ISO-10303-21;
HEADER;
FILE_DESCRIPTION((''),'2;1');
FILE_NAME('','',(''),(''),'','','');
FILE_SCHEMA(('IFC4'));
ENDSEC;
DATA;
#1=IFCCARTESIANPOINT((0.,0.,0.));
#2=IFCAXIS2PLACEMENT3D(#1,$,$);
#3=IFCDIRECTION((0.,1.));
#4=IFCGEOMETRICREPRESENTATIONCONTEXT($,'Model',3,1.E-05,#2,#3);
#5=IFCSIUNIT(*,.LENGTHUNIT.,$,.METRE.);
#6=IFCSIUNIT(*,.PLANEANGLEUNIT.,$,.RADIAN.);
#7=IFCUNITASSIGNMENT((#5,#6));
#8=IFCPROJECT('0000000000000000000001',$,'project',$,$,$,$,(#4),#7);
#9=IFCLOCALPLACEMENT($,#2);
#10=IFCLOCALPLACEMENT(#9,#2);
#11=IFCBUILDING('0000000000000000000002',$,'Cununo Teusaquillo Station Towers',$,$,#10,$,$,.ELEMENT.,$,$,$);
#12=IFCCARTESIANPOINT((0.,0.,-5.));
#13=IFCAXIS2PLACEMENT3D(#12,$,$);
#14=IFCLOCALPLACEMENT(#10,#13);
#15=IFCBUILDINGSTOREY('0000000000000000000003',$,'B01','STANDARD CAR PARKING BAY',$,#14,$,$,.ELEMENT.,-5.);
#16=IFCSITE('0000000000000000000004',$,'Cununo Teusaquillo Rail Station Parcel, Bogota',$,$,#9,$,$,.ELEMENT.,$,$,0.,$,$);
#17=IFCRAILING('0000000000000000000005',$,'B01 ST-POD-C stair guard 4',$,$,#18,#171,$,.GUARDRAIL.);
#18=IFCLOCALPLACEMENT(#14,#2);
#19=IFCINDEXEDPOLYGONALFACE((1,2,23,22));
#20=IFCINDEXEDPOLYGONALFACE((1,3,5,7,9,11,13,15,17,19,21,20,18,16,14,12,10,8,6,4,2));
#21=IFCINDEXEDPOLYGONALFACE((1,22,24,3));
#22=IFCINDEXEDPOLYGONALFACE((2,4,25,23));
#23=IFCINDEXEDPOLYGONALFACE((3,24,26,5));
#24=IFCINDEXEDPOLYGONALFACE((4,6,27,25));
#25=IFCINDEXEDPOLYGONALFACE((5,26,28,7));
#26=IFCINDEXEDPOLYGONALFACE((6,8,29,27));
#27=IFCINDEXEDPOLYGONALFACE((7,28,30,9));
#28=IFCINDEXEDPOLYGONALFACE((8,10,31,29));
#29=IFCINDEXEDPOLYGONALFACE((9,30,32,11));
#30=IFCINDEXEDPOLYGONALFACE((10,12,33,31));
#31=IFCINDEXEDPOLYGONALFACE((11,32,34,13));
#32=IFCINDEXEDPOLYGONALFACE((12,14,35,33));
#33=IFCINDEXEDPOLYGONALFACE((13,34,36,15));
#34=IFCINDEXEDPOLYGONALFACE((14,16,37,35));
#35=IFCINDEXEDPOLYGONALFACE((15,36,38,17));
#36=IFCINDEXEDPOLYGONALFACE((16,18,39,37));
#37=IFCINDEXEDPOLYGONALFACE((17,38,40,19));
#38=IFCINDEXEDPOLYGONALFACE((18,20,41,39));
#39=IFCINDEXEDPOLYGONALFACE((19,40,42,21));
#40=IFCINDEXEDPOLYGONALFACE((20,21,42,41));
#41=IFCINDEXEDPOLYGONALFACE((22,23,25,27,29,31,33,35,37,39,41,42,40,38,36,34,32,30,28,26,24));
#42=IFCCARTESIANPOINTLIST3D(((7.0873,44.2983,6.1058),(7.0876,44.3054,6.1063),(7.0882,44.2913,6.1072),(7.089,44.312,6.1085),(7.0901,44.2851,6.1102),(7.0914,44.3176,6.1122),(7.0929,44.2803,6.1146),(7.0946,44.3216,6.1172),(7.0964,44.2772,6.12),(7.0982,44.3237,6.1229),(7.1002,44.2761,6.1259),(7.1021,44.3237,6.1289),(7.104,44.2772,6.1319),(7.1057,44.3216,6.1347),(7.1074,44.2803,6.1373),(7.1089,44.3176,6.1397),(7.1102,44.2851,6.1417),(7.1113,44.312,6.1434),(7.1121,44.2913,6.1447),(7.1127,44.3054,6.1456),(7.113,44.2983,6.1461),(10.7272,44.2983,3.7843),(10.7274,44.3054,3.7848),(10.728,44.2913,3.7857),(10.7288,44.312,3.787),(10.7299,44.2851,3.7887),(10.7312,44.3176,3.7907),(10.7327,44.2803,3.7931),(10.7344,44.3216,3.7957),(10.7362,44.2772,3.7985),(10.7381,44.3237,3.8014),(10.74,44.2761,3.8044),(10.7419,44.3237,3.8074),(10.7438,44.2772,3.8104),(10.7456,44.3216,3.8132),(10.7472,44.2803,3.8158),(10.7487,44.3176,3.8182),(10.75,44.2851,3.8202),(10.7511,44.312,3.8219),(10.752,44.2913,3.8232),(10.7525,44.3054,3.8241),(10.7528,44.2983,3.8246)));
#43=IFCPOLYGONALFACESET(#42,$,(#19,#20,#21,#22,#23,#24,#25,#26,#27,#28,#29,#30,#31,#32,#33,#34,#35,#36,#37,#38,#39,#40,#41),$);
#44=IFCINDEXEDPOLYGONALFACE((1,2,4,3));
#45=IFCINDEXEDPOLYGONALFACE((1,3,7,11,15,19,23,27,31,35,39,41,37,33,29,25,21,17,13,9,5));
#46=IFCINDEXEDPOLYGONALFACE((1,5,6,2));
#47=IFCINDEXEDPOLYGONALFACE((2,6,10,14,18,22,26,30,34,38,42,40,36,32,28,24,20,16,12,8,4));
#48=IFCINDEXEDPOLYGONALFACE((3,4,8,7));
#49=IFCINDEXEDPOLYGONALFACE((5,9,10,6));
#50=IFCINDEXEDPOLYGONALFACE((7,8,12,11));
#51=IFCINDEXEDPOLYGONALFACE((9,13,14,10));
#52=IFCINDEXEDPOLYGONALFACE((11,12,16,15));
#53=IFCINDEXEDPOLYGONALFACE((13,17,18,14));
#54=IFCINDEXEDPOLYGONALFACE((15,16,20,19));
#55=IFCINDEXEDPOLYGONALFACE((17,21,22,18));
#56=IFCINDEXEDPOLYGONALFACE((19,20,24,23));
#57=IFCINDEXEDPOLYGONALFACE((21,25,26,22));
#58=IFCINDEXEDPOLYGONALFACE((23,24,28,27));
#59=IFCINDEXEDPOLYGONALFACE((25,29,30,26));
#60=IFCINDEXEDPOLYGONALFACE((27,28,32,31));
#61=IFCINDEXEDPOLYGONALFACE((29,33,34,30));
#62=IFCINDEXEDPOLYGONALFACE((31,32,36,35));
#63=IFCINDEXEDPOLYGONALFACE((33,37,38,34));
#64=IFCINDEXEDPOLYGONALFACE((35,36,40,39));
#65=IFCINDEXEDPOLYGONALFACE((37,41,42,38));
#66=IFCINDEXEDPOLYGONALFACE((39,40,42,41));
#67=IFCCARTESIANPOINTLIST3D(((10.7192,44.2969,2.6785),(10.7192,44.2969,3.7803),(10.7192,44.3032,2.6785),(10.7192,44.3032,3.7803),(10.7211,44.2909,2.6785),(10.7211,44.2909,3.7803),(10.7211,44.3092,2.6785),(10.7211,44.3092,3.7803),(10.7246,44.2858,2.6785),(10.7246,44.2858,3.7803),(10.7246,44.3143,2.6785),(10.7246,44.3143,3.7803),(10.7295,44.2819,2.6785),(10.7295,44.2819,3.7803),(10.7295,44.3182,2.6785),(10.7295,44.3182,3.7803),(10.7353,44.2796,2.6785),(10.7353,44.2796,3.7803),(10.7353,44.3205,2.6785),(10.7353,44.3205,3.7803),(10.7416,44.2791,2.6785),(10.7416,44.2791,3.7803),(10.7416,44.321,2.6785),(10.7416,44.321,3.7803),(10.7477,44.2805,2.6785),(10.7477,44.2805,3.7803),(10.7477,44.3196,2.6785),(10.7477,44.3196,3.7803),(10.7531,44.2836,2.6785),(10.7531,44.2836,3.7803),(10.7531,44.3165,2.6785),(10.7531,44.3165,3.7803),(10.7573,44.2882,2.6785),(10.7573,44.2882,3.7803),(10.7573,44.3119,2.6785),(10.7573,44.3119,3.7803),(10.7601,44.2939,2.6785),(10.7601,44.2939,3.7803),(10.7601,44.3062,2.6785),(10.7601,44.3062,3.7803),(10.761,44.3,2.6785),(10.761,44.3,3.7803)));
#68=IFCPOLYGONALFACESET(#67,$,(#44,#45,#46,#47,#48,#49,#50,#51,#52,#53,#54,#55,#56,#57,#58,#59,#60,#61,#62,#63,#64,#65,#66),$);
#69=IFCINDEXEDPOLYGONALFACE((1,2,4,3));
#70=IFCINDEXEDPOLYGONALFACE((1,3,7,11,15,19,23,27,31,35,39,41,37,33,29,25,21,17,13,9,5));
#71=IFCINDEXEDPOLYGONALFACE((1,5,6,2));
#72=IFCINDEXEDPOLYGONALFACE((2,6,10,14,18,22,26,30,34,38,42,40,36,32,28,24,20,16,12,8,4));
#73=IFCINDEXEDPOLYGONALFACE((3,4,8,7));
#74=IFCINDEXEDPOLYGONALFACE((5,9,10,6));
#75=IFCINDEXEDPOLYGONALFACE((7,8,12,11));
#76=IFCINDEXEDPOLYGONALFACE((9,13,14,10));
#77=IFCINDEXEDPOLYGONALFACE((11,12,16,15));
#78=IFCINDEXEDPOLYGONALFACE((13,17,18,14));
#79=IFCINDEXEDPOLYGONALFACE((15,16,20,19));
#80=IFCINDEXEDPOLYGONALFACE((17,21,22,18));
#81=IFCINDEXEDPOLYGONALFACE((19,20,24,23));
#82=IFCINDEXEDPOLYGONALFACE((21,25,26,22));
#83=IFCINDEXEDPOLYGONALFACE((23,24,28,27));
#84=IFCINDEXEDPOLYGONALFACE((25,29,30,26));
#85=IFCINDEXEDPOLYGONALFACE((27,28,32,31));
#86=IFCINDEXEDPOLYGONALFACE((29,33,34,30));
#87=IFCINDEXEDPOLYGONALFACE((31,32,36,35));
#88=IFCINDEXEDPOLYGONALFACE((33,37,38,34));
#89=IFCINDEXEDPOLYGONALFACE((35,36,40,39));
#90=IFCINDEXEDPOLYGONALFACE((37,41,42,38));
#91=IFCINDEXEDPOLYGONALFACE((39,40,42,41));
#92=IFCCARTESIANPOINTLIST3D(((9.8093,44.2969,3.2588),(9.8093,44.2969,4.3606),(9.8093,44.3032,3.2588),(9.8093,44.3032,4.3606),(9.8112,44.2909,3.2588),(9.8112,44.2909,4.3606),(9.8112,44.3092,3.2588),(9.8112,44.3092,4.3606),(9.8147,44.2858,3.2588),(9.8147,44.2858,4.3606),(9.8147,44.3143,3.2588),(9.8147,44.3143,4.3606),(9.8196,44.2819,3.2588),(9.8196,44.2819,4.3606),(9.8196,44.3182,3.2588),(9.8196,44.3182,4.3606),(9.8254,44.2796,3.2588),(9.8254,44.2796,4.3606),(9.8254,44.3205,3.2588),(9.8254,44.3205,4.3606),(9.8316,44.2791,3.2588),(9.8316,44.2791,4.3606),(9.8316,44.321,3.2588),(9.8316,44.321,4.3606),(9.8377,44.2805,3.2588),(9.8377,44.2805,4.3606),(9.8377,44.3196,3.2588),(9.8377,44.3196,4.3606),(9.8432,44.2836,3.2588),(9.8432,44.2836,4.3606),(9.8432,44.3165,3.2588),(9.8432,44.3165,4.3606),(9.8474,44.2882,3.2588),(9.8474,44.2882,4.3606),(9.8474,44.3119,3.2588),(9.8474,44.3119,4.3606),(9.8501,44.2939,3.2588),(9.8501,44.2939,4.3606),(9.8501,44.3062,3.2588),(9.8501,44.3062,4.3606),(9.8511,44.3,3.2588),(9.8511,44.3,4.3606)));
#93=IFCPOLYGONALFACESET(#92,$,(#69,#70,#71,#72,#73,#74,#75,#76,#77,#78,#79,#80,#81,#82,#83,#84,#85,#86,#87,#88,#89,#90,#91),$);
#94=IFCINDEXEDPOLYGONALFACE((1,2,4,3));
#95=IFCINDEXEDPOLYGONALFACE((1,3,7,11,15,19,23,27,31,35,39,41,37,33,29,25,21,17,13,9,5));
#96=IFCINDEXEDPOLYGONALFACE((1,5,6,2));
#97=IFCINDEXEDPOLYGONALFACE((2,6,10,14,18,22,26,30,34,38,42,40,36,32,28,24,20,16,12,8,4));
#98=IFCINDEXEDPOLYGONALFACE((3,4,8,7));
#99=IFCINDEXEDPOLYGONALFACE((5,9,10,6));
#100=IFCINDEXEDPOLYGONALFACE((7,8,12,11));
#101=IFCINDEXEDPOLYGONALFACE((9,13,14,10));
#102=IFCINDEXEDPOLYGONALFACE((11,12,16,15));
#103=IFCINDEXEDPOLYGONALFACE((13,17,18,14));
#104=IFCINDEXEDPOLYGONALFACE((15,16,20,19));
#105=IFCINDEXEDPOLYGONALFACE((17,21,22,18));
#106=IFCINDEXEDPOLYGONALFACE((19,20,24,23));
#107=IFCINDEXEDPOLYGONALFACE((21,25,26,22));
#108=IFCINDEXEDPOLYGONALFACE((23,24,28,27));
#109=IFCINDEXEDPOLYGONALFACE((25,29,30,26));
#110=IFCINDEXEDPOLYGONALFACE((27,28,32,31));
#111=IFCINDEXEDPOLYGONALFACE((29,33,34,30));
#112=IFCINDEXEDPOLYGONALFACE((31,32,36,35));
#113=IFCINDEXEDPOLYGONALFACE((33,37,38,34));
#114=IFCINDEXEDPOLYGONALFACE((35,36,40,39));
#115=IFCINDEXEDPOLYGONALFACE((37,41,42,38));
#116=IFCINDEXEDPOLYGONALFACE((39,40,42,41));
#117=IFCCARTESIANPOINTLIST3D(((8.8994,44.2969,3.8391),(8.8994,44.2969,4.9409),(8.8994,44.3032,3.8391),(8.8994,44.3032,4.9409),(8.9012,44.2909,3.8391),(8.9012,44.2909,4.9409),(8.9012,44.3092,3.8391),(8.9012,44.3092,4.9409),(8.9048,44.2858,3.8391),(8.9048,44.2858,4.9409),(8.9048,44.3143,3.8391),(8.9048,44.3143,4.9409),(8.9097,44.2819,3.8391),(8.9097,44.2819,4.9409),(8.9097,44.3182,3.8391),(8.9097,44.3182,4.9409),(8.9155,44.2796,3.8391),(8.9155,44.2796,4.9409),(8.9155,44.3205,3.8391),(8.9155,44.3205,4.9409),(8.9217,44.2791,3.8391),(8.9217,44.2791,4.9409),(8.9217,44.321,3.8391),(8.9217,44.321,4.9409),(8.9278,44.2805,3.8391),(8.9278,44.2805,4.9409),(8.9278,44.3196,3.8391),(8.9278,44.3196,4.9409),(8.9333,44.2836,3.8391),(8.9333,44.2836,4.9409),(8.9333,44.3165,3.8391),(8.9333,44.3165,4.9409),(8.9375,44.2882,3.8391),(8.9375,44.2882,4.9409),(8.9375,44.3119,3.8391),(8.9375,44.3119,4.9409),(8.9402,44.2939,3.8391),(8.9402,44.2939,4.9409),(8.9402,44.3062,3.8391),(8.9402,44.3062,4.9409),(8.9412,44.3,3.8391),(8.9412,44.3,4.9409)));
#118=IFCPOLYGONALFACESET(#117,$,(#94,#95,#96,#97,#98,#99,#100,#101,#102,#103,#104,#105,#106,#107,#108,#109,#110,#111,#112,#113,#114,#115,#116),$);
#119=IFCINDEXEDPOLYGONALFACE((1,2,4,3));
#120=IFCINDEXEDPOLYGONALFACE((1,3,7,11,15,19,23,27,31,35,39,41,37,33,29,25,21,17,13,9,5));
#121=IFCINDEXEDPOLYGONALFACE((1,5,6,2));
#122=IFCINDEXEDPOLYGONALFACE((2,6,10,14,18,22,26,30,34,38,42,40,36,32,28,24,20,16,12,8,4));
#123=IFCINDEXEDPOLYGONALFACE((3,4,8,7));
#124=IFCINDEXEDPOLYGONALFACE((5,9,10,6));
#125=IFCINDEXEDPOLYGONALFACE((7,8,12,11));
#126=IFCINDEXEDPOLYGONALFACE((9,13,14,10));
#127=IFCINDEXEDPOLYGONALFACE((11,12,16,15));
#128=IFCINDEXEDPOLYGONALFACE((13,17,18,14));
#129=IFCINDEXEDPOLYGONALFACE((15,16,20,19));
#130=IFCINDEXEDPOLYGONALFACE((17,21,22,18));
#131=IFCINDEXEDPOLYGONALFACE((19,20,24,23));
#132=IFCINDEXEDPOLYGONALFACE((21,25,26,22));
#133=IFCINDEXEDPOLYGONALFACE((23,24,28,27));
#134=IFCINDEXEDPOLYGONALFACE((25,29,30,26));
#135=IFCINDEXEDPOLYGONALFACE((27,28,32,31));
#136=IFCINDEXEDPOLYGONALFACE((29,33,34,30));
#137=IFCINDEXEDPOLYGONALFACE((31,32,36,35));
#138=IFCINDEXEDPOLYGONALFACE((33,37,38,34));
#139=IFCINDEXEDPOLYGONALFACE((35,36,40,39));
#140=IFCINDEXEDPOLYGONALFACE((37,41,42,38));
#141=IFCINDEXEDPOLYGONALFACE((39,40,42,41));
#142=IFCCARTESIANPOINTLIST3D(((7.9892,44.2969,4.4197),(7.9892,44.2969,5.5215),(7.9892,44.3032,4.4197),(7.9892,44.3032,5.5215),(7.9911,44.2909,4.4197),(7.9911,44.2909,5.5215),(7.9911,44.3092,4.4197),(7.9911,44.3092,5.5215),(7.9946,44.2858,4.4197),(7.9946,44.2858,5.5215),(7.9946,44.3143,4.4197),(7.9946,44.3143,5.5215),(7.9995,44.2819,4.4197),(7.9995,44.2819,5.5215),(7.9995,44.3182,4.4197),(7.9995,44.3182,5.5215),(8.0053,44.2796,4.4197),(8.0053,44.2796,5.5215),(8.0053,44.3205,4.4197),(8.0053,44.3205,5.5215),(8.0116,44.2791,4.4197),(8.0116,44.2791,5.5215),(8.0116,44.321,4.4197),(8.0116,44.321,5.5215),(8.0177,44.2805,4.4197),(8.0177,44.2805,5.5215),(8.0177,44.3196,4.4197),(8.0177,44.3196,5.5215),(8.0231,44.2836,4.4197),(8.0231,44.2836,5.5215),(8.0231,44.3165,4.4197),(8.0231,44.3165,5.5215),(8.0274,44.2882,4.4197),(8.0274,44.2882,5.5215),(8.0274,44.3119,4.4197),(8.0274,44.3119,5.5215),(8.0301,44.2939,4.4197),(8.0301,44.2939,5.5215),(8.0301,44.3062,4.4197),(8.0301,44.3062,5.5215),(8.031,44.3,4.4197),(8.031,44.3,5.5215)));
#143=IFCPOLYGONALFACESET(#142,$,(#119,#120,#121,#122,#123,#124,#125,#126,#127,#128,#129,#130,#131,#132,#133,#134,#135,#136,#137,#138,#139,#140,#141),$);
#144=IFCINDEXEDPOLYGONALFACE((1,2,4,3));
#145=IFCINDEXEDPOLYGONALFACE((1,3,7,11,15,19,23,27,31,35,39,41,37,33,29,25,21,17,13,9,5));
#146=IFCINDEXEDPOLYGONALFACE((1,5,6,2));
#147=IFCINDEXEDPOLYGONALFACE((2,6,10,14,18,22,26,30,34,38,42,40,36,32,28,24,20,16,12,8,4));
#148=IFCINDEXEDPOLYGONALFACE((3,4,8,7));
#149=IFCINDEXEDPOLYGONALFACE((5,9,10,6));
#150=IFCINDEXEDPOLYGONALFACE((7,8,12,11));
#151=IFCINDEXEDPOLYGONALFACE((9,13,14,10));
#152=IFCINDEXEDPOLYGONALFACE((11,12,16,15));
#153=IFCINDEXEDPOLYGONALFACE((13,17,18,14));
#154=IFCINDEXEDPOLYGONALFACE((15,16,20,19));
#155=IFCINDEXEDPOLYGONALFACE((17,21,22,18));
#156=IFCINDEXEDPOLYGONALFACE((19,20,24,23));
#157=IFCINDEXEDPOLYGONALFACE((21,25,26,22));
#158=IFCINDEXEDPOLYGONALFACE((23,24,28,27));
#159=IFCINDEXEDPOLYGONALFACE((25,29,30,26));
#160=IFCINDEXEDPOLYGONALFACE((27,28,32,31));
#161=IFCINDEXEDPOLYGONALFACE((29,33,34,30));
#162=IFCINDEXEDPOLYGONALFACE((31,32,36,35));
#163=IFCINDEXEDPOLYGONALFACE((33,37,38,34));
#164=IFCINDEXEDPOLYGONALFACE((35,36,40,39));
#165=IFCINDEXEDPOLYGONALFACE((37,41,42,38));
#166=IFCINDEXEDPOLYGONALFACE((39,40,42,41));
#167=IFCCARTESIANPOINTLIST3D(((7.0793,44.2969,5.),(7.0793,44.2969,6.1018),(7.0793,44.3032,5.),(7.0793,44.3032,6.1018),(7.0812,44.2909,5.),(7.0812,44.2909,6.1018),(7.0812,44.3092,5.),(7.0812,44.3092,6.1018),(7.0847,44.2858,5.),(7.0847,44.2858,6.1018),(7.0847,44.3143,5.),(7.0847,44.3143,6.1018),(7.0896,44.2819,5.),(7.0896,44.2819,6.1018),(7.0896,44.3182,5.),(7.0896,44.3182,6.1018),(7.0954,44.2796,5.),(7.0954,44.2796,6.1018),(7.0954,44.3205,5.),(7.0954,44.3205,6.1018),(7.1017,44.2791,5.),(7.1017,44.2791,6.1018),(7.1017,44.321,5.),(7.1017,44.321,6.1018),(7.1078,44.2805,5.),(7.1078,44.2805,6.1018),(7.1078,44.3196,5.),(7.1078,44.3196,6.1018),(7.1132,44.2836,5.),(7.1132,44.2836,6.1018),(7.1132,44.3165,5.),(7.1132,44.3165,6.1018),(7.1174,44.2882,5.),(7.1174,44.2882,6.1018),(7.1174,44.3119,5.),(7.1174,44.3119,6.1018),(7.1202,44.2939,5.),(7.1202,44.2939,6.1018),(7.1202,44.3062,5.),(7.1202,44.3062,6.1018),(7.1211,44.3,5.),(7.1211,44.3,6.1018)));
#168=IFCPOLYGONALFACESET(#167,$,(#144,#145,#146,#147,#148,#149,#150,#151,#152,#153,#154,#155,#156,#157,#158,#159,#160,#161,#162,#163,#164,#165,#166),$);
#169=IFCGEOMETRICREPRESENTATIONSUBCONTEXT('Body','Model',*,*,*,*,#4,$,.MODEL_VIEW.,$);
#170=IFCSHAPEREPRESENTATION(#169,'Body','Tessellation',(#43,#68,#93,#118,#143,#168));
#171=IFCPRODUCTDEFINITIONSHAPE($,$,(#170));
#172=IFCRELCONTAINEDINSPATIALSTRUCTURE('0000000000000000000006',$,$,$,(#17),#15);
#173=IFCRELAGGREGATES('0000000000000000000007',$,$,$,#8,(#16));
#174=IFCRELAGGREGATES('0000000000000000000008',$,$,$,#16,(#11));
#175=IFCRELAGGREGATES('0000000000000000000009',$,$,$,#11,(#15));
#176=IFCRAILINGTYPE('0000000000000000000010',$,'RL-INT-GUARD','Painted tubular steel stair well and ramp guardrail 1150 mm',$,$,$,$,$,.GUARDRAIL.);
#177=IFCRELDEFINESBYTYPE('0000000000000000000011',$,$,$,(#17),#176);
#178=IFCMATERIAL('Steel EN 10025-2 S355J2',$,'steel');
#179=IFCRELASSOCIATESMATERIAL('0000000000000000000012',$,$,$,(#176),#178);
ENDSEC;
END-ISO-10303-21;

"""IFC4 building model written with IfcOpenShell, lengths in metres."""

from ifc_helpers import new_model, si_unit, direction, frame, origin, origin_2d, place, context, subcontext, project, spatial, circle, extrude, material, type_object, element, save


model = new_model("IFC4")

# Units and contexts
model_context = context("Model", 3, precision=1e-05, world=origin(), true_north=direction((0.0, 1.0)))
body_context = subcontext(model_context, "Body", "Model", "MODEL_VIEW")
ifc_project = project(units=[si_unit("LENGTHUNIT", "METRE"), si_unit("PLANEANGLEUNIT", "RADIAN")], contexts=[model_context])

# Site, building, storey
site_placement = place(None, origin())
site = spatial("IfcSite", under=ifc_project, at=site_placement, Name="Cununo Teusaquillo Rail Station Parcel, Bogota", CompositionType="ELEMENT", RefElevation=0.0)
building_placement = place(site_placement, origin())
building = spatial("IfcBuilding", under=site, at=building_placement, Name="Cununo Teusaquillo Station Towers", CompositionType="ELEMENT")
storey_placement = place(building_placement, frame((0.0, 0.0, -5.0)))
storey = spatial("IfcBuildingStorey", under=building, at=storey_placement, Name="B01", Description="STANDARD CAR PARKING BAY", CompositionType="ELEMENT", Elevation=-5.0)

# Railing
ifc_material_1 = material(Name="Steel EN 10025-2 S355J2", Category="steel")
railing_type_1 = type_object("IfcRailingType", Name="RL-INT-GUARD", Description="Painted tubular steel stair well and ramp guardrail 1150 mm", PredefinedType="GUARDRAIL", material=ifc_material_1)
railing_1_placement = place(storey_placement, frame((10.74, 44.3, 2.6785)))
element("IfcRailing", 1, at=railing_1_placement, inside=storey, type_object=railing_type_1, Name="B01 ST-POD-C stair guard 4", PredefinedType="GUARDRAIL", context=body_context, shape_type="SweptSolid", body=[
    extrude(circle(Radius=0.0239, at=origin_2d()), frame((0.0, 0.0, 1.126), z_axis=(-0.843112, 0.0, 0.537739), x_axis=(0.0, -1.0, 0.0)), (0.0, 0.0, 1.0), 4.3171),
    extrude(circle(Radius=0.021, at=origin_2d()), origin(), (0.0, 0.0, 1.0), 1.1018),
    extrude(circle(Radius=0.021, at=origin_2d()), frame((-0.9099, 0.0, 0.5803)), (0.0, 0.0, 1.0), 1.1018),
    extrude(circle(Radius=0.021, at=origin_2d()), frame((-1.8198, 0.0, 1.1606)), (0.0, 0.0, 1.0), 1.1018),
    extrude(circle(Radius=0.021, at=origin_2d()), frame((-2.73, 0.0, 1.7412)), (0.0, 0.0, 1.0), 1.1018),
    extrude(circle(Radius=0.021, at=origin_2d()), frame((-3.6399, 0.0, 2.3215)), (0.0, 0.0, 1.0), 1.1018),
])

save(model, "model.ifc")
